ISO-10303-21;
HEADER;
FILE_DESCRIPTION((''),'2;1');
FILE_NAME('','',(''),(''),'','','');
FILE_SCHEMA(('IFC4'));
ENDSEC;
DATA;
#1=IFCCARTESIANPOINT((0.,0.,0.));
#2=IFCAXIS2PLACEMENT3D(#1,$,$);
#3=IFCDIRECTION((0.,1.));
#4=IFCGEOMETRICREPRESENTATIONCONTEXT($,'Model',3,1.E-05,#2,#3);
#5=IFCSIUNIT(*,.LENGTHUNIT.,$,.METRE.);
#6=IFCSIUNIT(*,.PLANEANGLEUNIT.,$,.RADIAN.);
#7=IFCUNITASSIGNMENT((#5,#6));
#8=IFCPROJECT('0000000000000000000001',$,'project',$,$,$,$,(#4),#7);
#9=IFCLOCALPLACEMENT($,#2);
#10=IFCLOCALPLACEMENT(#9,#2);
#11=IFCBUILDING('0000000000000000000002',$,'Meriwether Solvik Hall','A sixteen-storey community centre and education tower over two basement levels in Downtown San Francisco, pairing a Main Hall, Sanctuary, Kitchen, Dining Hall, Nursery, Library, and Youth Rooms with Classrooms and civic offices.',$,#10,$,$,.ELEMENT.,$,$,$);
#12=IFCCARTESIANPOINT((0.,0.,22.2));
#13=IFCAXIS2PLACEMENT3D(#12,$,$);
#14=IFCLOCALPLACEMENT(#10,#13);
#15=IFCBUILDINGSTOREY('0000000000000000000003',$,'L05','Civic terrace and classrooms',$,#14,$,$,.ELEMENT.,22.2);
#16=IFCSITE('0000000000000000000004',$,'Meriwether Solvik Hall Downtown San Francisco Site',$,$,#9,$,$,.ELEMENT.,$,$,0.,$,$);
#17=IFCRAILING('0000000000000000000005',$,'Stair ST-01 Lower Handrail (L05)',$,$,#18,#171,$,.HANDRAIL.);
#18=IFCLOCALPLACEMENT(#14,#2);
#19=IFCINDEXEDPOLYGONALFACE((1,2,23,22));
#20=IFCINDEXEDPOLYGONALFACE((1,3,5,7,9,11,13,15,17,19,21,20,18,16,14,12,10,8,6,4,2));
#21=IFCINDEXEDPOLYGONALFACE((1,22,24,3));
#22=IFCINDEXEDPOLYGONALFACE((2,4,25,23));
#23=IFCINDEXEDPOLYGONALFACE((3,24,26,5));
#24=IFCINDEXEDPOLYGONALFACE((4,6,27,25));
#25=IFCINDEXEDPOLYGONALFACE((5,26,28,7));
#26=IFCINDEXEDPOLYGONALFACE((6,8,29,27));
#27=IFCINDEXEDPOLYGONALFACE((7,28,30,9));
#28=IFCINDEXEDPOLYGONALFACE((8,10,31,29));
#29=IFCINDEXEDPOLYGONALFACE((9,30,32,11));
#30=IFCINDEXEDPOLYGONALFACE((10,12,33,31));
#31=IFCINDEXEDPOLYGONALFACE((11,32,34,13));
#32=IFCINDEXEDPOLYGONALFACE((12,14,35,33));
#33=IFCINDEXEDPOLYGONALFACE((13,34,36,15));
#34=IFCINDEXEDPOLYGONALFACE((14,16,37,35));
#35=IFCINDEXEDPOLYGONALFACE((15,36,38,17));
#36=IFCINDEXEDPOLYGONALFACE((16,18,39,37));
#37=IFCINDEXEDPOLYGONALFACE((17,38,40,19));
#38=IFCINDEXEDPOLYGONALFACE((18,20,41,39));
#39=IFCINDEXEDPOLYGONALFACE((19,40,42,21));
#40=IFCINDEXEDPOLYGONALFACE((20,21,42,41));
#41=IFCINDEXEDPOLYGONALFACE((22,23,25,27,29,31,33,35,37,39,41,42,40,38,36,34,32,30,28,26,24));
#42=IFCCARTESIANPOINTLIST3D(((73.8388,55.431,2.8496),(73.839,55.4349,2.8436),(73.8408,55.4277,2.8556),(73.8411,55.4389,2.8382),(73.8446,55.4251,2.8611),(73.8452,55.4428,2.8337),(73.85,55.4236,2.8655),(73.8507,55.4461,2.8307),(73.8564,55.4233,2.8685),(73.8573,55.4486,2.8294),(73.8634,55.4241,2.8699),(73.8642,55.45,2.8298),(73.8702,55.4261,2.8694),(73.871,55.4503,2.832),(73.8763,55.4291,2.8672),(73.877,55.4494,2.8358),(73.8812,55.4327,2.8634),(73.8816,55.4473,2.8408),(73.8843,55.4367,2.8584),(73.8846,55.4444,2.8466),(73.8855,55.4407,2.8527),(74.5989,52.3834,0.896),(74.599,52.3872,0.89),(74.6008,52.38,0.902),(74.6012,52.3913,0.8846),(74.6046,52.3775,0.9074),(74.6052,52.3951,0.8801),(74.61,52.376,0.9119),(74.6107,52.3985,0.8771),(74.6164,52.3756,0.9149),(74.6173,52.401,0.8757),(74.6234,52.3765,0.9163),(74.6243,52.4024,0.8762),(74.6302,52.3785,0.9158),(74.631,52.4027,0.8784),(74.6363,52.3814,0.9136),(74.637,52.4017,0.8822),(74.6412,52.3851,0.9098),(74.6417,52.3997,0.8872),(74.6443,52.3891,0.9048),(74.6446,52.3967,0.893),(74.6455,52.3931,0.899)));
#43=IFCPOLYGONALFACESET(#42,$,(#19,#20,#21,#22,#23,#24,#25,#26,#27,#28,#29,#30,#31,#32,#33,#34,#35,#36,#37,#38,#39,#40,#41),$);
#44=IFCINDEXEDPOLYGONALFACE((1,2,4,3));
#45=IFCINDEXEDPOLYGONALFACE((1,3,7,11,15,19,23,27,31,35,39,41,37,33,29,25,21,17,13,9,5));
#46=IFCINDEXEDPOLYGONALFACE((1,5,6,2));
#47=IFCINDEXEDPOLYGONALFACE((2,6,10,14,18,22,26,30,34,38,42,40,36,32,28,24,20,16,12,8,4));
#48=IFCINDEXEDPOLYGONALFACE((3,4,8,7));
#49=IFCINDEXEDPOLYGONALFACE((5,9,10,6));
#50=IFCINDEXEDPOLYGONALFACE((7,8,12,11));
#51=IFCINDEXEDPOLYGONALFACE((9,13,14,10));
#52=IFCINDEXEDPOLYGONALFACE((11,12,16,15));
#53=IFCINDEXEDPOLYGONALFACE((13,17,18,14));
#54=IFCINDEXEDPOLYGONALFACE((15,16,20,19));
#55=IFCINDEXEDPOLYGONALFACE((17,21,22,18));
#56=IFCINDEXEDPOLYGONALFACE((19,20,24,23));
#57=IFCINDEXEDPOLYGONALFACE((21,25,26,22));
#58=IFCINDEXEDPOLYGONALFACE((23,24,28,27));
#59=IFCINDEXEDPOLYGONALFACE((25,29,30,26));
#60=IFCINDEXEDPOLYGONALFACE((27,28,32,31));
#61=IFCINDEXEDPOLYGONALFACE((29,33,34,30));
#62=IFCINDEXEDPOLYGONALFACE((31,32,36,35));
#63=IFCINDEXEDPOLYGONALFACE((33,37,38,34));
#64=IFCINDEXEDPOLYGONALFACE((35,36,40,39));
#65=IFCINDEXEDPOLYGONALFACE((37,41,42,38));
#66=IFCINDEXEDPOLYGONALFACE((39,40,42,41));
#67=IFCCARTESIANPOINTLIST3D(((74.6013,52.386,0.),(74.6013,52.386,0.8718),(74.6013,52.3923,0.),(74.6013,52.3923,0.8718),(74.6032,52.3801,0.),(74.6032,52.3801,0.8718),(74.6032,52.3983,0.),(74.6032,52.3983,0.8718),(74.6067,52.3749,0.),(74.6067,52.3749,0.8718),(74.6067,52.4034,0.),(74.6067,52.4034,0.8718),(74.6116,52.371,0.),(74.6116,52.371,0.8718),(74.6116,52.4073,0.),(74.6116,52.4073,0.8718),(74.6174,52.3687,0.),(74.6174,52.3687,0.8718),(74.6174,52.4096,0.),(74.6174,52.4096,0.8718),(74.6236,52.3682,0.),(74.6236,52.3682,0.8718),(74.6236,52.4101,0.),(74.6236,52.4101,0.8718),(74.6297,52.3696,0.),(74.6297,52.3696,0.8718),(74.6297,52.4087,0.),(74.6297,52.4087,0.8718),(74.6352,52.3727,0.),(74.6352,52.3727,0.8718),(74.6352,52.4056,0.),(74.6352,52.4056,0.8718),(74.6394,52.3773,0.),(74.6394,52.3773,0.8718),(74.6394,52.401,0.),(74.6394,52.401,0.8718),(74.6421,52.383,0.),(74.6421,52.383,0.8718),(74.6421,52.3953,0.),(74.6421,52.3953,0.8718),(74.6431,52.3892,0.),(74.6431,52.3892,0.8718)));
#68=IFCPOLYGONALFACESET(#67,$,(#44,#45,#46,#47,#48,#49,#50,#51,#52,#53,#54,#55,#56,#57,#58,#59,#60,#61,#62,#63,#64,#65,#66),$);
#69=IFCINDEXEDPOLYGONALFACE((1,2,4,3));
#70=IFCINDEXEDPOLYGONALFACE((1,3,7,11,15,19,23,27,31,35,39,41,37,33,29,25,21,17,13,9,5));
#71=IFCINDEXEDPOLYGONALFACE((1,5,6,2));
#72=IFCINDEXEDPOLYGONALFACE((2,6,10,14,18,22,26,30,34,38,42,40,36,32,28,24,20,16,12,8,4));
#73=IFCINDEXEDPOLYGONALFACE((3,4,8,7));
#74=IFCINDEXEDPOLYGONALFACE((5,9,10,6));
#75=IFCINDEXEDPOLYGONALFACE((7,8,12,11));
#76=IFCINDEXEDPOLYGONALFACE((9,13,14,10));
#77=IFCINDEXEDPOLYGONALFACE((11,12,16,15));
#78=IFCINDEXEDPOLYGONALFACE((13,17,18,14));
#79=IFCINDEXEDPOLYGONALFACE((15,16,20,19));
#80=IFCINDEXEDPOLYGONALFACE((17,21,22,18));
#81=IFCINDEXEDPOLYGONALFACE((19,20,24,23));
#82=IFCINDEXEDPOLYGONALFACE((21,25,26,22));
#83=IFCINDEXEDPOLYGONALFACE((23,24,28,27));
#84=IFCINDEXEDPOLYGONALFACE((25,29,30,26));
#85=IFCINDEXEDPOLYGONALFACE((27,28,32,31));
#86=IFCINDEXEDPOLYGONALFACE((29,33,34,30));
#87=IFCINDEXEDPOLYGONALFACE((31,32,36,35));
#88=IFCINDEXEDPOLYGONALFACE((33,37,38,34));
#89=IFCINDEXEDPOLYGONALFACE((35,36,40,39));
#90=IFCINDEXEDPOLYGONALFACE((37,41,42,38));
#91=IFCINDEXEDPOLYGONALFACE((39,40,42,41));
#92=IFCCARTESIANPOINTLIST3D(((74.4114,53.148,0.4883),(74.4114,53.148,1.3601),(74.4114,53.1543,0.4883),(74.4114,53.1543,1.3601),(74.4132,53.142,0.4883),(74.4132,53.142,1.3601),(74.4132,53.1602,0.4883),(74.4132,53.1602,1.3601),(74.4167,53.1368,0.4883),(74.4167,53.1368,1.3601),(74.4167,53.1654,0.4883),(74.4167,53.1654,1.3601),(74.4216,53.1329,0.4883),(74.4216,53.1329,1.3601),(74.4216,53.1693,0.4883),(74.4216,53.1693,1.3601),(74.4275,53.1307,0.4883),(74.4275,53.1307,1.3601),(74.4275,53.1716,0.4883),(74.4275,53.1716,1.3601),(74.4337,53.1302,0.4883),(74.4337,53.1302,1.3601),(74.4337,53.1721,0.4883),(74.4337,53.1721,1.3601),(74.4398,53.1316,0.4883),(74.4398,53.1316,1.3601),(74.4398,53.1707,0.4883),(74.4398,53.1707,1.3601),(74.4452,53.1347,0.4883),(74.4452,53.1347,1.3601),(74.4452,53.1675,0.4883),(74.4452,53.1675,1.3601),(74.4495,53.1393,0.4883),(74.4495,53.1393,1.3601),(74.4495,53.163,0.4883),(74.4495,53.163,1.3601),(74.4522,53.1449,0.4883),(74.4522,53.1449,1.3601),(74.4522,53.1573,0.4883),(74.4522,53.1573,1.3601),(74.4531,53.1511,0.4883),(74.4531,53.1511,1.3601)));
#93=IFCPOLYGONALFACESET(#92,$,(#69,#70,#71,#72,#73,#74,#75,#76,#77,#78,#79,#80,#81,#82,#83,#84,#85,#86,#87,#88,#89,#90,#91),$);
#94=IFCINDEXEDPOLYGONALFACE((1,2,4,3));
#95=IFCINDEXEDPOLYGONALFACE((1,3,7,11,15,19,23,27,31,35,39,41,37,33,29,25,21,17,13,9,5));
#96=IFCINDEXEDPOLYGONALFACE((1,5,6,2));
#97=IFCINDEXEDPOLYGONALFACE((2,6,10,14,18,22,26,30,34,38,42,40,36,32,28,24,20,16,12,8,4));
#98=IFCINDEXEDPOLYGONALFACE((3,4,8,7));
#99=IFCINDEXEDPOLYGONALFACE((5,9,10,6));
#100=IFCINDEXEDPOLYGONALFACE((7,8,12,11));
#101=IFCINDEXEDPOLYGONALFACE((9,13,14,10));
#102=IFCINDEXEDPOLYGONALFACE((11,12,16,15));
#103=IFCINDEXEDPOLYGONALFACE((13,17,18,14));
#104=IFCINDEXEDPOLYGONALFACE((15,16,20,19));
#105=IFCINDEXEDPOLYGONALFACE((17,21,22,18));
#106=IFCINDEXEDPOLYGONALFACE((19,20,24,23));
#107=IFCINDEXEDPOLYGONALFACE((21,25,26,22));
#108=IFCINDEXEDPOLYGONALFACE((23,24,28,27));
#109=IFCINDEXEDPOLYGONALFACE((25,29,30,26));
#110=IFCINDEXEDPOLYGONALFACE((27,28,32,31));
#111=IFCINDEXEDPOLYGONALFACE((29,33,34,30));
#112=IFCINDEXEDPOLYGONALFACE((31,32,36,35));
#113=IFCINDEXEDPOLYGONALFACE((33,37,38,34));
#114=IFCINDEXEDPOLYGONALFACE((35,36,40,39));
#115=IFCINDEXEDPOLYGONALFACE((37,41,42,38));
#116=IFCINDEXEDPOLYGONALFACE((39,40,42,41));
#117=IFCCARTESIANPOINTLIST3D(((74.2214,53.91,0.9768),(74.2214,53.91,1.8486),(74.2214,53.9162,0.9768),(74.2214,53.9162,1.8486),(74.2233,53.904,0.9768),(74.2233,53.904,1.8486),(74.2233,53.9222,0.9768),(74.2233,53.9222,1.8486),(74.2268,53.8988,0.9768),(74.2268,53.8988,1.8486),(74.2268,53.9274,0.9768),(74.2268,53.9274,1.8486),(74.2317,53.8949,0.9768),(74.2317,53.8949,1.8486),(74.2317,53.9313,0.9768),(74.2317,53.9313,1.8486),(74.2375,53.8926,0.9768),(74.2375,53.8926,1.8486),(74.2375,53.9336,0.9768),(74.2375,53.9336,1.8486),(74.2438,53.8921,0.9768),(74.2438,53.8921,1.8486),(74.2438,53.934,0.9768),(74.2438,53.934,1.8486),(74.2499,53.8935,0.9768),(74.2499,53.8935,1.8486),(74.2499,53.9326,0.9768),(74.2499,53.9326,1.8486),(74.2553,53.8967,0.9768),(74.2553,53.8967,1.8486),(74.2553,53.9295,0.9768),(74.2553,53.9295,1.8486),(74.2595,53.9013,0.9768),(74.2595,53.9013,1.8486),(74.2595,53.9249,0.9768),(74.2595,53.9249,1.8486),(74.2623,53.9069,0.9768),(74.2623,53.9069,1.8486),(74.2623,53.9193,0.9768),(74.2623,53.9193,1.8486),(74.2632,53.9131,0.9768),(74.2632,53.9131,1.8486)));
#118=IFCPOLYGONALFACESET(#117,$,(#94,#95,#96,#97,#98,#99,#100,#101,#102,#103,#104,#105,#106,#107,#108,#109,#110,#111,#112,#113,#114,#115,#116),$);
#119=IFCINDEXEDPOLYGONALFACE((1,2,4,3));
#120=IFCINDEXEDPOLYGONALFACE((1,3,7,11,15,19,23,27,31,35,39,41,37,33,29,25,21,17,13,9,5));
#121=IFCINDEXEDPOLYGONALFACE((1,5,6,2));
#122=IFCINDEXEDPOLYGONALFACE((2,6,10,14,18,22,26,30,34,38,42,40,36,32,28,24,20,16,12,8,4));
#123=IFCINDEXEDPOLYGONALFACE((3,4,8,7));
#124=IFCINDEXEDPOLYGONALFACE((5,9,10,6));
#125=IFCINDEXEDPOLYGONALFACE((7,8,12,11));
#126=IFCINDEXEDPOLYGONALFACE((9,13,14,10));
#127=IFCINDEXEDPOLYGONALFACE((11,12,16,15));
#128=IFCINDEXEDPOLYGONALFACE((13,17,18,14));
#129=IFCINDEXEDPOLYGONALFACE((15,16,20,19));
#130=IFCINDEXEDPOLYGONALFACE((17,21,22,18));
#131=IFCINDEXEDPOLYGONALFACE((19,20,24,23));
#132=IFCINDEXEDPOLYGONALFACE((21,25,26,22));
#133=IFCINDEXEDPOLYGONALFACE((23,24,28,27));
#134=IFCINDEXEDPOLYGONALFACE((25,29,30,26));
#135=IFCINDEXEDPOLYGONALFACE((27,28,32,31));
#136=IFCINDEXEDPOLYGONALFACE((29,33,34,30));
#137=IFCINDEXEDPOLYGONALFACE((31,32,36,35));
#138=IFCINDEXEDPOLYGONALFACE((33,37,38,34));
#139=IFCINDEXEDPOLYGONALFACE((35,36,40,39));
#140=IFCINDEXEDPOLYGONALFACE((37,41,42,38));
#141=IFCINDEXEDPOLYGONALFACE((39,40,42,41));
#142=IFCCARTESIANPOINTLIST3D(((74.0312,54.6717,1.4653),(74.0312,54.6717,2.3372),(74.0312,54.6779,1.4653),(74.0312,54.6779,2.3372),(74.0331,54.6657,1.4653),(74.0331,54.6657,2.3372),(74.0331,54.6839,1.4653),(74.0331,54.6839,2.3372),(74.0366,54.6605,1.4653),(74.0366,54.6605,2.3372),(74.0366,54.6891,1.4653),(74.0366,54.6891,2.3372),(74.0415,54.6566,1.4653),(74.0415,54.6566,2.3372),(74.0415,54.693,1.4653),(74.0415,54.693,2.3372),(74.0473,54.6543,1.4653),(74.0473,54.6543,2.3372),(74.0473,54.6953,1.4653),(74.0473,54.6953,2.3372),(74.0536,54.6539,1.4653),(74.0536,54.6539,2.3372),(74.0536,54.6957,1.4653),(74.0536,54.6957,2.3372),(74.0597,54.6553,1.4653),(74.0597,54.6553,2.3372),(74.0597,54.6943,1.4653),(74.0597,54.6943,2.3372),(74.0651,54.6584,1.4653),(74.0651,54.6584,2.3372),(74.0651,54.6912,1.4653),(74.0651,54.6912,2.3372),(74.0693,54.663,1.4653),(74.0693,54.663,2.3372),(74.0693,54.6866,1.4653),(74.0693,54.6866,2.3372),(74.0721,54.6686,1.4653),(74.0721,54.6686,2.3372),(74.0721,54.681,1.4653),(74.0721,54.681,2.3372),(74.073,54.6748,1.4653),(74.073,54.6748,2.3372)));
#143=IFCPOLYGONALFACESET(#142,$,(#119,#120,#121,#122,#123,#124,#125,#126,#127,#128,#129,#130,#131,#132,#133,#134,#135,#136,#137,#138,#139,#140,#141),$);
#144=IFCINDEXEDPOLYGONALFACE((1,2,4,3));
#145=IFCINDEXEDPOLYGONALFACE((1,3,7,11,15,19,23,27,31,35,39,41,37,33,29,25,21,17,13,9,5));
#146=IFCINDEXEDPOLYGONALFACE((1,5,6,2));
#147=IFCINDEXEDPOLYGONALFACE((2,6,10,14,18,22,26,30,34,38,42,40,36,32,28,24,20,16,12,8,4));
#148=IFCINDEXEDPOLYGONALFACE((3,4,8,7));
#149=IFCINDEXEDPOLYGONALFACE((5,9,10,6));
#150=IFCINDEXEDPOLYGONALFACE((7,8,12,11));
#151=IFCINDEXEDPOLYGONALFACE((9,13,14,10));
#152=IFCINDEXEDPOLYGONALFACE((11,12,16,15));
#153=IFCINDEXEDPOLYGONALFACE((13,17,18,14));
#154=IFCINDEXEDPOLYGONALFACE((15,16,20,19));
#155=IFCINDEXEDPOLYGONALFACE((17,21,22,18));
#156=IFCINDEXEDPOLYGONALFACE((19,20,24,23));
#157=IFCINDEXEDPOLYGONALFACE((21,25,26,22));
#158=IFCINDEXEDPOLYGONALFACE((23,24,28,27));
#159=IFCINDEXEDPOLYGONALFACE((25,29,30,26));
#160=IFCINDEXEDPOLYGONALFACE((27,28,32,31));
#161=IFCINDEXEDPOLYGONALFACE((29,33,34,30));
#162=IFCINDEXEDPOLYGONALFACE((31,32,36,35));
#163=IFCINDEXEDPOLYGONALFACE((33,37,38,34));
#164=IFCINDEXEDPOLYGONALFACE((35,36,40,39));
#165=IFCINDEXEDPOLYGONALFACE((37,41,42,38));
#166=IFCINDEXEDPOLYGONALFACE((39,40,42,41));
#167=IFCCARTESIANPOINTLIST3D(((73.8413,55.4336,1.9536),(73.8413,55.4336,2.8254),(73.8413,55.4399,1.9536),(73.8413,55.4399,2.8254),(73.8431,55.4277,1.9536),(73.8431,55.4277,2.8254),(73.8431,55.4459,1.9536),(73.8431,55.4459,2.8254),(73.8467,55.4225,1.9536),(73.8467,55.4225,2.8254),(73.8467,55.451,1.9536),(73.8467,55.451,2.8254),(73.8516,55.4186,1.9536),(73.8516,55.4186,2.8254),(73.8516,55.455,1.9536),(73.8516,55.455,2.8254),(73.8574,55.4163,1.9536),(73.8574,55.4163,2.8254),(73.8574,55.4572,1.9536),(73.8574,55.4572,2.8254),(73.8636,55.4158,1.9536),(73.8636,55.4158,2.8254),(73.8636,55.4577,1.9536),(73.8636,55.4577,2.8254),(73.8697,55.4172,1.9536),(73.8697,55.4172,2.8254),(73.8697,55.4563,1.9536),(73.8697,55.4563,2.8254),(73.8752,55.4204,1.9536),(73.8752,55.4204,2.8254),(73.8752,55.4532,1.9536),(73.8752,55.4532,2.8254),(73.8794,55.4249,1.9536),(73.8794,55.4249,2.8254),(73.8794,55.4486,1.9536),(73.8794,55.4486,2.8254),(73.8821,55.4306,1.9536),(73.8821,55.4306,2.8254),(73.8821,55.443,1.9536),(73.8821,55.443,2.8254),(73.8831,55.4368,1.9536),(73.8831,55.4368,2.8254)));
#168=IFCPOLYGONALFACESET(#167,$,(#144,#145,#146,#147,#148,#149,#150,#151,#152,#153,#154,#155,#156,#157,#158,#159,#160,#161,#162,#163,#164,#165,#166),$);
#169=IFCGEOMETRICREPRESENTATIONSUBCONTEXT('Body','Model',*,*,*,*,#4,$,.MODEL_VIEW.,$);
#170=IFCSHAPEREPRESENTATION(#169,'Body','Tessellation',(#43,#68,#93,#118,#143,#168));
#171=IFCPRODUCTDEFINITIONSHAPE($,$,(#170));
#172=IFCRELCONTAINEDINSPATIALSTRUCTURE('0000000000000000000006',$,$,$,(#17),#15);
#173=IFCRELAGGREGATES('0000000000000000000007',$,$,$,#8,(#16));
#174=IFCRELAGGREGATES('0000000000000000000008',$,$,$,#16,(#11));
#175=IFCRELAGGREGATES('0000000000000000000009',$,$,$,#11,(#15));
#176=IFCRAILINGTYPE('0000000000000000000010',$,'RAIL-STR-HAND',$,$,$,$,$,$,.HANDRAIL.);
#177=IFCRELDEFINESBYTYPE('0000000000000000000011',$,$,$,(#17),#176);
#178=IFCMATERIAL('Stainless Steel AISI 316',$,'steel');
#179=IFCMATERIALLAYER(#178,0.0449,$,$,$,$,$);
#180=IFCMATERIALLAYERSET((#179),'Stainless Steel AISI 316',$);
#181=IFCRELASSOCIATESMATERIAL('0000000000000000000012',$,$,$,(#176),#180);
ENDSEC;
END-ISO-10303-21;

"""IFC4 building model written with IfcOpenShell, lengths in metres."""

from ifc_helpers import new_model, si_unit, direction, frame, origin, origin_2d, place, context, subcontext, project, spatial, circle, extrude, material, layer, layer_set, type_object, element, save


model = new_model("IFC4")

# Units and contexts
model_context = context("Model", 3, precision=1e-05, world=origin(), true_north=direction((0.0, 1.0)))
body_context = subcontext(model_context, "Body", "Model", "MODEL_VIEW")
ifc_project = project(units=[si_unit("LENGTHUNIT", "METRE"), si_unit("PLANEANGLEUNIT", "RADIAN")], contexts=[model_context])

# Site, building, storey
site_placement = place(None, origin())
site = spatial("IfcSite", under=ifc_project, at=site_placement, Name="Meriwether Solvik Hall Downtown San Francisco Site", CompositionType="ELEMENT", RefElevation=0.0)
building_placement = place(site_placement, origin())
building = spatial("IfcBuilding", under=site, at=building_placement, Name="Meriwether Solvik Hall", Description="A sixteen-storey community centre and education tower over two basement levels in Downtown San Francisco, pairing a Main Hall, Sanctuary, Kitchen, Dining Hall, Nursery, Library, and Youth Rooms with Classrooms and civic offices.", CompositionType="ELEMENT")
storey_placement = place(building_placement, frame((0.0, 0.0, 22.2)))
storey = spatial("IfcBuildingStorey", under=building, at=storey_placement, Name="L05", Description="Civic terrace and classrooms", CompositionType="ELEMENT", Elevation=22.2)

# Railing
ifc_material_1 = material(Name="Stainless Steel AISI 316", Category="steel")
ifc_layer_1 = layer(ifc_material_1, 0.0449)
ifc_layer_set_1 = layer_set([ifc_layer_1], Name="Stainless Steel AISI 316")
railing_type_1 = type_object("IfcRailingType", Name="RAIL-STR-HAND", PredefinedType="HANDRAIL", material=ifc_layer_set_1)
railing_1_placement = place(storey_placement, frame((74.6221, 52.3892, 0.0)))
element("IfcRailing", 1, at=railing_1_placement, inside=storey, type_object=railing_type_1, Name="Stair ST-01 Lower Handrail (L05)", PredefinedType="HANDRAIL", context=body_context, shape_type="SweptSolid", body=[
    extrude(circle(Radius=0.0239, at=origin_2d()), frame((0.0, 0.0, 0.896), z_axis=(-0.205467, 0.823915, 0.528155), x_axis=(-0.970284, -0.241969, 0.0)), (0.0, 0.0, 1.0), 3.699),
    extrude(circle(Radius=0.021, at=origin_2d()), origin(), (0.0, 0.0, 1.0), 0.8718),
    extrude(circle(Radius=0.021, at=origin_2d()), frame((-0.1899, 0.762, 0.4883)), (0.0, 0.0, 1.0), 0.8718),
    extrude(circle(Radius=0.021, at=origin_2d()), frame((-0.3799, 1.5239, 0.9768)), (0.0, 0.0, 1.0), 0.8718),
    extrude(circle(Radius=0.021, at=origin_2d()), frame((-0.5701, 2.2856, 1.4653)), (0.0, 0.0, 1.0), 0.8718),
    extrude(circle(Radius=0.021, at=origin_2d()), frame((-0.76, 3.0476, 1.9536)), (0.0, 0.0, 1.0), 0.8718),
])

save(model, "model.ifc")
